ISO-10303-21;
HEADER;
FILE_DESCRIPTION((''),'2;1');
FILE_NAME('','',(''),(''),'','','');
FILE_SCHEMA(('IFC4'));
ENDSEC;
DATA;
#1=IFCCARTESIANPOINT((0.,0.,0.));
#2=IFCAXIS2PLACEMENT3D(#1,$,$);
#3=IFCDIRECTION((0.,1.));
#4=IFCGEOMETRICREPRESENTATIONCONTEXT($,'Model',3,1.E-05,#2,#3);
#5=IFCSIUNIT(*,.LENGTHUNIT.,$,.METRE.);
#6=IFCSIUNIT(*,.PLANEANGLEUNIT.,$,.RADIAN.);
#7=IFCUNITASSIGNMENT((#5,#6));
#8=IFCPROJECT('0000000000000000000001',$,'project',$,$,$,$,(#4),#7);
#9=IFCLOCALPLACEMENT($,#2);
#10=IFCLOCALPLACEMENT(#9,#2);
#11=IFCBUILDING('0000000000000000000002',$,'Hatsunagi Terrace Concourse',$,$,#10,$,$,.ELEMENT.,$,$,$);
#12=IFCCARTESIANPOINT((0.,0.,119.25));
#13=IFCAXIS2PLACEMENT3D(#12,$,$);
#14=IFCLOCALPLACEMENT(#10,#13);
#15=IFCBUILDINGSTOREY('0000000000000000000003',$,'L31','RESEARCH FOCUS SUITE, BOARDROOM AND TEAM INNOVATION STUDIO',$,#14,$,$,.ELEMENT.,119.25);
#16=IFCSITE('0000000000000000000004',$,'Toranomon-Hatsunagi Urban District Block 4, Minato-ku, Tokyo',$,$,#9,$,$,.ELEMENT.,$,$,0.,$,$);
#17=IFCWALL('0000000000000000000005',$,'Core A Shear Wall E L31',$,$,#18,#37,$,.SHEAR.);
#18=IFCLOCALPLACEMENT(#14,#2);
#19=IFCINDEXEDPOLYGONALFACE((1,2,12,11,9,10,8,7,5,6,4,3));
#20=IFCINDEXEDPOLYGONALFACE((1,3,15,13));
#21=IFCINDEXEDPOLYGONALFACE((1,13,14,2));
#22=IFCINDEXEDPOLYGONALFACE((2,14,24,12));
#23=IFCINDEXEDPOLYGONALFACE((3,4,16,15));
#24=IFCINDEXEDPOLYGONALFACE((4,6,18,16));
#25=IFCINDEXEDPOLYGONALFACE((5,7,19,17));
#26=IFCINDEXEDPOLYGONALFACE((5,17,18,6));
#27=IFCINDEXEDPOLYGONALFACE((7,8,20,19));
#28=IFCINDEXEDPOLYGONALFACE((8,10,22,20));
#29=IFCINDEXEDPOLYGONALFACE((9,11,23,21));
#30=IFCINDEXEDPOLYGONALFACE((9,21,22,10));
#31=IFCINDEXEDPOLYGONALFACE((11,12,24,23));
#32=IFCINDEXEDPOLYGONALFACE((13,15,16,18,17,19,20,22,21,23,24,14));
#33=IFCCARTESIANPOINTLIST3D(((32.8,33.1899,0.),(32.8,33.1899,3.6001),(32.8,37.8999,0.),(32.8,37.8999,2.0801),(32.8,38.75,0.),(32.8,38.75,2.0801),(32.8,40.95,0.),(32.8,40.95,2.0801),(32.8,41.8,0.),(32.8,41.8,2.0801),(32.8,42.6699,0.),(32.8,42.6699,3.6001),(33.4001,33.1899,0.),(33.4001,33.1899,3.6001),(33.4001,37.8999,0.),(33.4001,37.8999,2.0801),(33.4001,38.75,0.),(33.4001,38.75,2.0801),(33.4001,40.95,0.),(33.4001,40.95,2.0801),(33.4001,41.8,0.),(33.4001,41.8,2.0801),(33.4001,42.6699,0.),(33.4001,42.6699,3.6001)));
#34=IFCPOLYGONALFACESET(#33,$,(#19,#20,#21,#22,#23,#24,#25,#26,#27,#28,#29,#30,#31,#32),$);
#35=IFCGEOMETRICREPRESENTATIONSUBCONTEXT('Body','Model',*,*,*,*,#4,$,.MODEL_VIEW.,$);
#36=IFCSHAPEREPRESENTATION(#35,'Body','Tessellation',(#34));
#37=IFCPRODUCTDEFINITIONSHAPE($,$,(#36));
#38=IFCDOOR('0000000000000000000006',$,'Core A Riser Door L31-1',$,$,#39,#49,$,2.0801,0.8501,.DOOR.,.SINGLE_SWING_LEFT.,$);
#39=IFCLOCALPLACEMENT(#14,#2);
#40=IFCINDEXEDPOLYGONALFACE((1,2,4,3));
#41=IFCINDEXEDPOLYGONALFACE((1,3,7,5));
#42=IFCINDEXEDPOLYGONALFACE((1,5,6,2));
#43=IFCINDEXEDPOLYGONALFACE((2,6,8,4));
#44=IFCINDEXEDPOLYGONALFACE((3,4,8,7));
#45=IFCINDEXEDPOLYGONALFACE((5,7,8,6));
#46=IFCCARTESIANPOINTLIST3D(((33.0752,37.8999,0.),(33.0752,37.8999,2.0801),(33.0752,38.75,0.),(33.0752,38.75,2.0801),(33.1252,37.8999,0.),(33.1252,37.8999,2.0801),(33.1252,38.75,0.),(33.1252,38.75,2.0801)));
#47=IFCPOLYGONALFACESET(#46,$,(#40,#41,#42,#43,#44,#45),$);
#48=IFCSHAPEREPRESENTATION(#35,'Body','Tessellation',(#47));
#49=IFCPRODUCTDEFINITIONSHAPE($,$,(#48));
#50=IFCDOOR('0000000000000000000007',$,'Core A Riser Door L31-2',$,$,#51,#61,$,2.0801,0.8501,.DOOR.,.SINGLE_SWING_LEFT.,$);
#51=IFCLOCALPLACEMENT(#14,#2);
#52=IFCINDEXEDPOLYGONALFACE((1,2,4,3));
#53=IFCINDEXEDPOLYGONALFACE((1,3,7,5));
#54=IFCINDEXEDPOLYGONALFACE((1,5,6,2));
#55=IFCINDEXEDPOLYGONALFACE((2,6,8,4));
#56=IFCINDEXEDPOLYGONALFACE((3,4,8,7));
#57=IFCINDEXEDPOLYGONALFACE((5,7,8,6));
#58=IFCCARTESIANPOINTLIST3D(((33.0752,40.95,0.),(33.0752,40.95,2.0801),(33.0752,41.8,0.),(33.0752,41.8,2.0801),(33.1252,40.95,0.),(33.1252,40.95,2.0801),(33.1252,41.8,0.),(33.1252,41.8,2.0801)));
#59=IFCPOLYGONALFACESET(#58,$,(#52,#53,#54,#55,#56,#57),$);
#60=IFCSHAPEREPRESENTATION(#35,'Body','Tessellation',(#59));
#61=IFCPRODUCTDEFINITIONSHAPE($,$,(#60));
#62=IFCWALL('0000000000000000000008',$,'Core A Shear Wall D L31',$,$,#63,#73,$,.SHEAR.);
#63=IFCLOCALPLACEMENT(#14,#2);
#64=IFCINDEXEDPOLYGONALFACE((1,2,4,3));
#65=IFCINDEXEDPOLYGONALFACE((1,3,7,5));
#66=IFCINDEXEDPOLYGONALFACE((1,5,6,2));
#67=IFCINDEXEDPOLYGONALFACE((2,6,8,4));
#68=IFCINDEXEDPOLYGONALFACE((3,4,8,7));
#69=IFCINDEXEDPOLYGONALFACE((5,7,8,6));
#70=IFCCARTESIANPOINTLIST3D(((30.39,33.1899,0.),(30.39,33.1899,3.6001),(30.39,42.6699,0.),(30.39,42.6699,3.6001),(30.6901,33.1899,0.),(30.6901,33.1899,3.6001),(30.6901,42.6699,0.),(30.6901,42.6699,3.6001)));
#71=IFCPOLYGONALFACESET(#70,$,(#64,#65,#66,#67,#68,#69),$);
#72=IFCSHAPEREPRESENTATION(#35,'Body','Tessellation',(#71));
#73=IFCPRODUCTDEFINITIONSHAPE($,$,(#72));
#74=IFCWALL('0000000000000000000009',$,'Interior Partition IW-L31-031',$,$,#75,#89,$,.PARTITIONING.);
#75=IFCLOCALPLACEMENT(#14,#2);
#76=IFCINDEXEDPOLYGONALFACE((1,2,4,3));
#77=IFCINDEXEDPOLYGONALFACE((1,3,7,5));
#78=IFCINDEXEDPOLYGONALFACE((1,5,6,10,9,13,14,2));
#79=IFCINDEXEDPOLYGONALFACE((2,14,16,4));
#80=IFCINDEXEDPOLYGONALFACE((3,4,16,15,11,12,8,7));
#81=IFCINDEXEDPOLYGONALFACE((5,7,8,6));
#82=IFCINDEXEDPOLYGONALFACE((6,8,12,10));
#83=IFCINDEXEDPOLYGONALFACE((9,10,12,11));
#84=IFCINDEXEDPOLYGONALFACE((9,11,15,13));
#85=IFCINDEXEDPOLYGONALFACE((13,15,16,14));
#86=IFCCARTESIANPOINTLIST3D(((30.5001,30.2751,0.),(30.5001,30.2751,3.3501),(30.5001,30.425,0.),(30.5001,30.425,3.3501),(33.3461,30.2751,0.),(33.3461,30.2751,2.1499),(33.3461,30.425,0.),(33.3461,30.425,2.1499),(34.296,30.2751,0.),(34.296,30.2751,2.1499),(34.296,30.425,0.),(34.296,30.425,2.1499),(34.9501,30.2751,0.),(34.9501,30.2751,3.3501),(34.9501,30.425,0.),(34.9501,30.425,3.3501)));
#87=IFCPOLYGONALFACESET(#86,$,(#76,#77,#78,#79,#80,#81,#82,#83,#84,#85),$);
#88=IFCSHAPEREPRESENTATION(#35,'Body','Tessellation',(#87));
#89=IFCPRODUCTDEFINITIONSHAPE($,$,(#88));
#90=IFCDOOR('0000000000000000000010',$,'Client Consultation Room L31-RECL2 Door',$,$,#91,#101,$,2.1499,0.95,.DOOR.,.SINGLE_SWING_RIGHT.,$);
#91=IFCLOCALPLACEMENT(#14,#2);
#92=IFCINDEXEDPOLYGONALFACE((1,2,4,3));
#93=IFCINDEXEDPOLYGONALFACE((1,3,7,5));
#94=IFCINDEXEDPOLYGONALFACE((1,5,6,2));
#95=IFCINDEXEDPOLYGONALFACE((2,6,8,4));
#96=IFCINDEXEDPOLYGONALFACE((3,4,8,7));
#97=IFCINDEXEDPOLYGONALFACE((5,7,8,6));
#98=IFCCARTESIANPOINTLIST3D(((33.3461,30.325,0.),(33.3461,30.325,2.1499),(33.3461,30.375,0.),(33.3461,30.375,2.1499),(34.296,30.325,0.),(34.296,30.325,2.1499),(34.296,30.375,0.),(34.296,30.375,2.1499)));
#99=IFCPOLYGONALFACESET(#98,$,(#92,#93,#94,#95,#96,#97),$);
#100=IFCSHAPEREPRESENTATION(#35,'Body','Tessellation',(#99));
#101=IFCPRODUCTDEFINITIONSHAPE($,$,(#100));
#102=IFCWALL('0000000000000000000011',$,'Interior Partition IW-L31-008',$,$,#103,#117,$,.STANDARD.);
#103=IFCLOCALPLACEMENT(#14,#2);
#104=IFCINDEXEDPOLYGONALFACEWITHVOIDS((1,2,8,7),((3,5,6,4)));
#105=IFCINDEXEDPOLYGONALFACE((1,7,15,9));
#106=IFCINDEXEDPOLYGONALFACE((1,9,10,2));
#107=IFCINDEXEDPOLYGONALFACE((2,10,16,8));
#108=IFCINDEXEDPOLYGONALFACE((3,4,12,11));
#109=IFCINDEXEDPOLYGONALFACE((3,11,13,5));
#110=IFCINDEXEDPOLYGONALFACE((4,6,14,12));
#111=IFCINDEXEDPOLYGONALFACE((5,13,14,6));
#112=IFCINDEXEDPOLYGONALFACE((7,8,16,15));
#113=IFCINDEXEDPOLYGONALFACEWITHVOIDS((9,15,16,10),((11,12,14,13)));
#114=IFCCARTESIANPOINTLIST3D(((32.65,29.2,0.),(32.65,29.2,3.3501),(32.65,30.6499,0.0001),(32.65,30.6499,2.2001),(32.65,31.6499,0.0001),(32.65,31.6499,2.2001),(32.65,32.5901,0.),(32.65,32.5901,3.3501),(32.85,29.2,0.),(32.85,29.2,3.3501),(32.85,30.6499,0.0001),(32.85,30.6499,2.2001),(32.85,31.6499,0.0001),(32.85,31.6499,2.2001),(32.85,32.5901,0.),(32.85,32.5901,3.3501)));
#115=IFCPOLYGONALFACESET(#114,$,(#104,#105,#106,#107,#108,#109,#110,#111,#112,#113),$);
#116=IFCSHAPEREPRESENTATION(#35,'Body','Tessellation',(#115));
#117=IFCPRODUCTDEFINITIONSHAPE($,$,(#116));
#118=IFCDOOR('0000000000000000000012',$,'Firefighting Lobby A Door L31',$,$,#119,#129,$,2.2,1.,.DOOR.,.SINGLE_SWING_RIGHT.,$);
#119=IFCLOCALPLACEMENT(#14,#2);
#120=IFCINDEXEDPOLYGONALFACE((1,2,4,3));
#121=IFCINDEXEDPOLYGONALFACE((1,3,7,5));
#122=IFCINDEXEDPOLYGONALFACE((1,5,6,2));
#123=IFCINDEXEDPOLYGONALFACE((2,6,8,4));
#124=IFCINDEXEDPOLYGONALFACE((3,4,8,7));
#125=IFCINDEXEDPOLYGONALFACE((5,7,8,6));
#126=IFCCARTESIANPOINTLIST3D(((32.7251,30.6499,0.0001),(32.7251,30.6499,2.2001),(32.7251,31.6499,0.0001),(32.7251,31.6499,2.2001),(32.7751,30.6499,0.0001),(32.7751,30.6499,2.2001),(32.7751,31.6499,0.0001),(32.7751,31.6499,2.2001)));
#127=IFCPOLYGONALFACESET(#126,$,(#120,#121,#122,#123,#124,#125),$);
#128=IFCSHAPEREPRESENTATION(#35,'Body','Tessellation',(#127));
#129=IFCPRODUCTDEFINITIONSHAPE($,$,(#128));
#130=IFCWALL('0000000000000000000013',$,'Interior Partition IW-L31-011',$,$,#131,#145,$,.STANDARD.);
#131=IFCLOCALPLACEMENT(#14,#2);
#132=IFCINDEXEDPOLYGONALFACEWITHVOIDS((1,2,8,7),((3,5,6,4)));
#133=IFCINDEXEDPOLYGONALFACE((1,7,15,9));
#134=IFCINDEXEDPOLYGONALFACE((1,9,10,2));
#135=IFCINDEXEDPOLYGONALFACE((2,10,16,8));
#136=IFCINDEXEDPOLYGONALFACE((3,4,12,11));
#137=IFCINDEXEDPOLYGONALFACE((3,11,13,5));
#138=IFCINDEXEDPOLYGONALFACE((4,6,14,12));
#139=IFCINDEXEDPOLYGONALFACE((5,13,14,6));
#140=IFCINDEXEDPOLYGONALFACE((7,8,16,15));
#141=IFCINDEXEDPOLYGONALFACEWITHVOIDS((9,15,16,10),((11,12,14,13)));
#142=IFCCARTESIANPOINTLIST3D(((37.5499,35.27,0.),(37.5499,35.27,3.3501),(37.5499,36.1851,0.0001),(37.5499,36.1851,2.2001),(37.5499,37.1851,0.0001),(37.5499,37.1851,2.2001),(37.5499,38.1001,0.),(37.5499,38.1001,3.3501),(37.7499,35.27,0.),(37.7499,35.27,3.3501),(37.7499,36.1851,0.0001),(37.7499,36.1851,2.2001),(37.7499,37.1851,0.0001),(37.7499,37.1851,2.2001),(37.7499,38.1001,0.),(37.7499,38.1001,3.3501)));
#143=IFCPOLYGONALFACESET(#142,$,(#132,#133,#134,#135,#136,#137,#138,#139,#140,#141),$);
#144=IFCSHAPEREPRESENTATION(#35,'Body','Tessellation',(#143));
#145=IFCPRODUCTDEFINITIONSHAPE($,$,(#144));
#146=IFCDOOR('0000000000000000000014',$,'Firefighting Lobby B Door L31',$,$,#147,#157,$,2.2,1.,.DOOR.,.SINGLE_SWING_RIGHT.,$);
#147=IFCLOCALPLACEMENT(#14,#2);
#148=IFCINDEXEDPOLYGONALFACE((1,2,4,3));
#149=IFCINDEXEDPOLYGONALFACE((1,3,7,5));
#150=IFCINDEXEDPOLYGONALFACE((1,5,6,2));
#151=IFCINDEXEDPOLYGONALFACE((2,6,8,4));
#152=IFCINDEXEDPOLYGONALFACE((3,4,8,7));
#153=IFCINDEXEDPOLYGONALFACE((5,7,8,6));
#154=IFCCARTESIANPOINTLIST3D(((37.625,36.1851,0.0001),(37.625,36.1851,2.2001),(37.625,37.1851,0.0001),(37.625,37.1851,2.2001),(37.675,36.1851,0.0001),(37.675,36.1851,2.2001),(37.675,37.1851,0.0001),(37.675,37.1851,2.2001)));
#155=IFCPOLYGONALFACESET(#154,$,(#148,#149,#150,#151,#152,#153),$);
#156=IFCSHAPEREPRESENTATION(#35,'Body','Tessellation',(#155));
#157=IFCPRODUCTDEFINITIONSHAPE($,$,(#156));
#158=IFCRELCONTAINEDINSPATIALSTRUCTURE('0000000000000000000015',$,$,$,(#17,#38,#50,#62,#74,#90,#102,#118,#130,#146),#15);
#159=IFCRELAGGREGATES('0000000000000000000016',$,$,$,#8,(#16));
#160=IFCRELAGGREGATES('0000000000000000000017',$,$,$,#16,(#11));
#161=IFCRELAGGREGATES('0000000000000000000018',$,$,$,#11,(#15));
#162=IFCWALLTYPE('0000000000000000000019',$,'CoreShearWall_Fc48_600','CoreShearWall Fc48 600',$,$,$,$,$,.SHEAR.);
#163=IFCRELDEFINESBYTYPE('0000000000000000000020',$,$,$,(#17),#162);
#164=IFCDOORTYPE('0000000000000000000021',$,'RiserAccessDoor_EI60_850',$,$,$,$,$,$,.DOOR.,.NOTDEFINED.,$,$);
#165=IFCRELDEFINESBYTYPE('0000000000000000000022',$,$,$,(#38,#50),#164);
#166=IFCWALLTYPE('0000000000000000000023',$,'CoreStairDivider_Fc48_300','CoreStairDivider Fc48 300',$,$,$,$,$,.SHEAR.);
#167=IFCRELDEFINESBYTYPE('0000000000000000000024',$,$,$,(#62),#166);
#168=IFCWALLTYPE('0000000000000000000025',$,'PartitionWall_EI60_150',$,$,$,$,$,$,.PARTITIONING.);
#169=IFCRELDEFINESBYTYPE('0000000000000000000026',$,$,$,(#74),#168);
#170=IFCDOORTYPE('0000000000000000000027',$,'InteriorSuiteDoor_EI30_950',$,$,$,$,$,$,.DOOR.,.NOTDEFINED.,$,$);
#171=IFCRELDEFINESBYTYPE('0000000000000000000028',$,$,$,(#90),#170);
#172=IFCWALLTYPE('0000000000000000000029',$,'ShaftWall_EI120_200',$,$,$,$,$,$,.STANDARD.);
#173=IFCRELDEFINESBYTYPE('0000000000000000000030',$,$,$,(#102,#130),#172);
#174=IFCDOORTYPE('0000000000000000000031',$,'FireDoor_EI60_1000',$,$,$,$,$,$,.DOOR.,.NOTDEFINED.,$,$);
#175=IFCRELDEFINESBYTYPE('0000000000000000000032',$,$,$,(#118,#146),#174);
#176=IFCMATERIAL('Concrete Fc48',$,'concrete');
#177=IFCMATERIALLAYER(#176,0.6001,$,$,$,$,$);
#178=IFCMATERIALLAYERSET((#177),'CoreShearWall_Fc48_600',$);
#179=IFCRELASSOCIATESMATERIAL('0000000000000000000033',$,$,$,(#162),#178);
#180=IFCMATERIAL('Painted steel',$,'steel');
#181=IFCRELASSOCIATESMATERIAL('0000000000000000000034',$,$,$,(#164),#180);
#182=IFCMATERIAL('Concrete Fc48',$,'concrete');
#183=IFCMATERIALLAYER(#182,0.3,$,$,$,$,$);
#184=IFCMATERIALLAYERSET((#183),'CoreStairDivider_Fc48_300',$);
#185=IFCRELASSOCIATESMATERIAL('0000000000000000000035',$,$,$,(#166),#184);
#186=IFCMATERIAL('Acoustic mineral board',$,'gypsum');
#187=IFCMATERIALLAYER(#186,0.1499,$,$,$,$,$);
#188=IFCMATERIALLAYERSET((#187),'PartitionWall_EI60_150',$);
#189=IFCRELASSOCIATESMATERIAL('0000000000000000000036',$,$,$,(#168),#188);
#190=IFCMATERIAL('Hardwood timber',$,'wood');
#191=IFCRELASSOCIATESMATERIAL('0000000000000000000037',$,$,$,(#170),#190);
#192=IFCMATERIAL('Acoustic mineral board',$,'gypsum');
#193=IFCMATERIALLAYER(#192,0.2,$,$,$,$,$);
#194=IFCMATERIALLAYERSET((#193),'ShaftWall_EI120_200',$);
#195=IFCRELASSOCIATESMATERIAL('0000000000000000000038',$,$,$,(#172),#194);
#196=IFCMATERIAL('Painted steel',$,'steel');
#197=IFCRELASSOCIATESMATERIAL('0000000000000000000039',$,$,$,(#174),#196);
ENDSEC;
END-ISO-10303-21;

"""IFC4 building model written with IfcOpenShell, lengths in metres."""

from ifc_helpers import new_model, si_unit, direction, frame, frame_2d, origin, place, context, subcontext, project, spatial, rectangle, extrude, material, layer, layer_set, type_object, element, fill, save


model = new_model("IFC4")

# Units and contexts
model_context = context("Model", 3, precision=1e-05, world=origin(), true_north=direction((0.0, 1.0)))
body_context = subcontext(model_context, "Body", "Model", "MODEL_VIEW")
ifc_project = project(units=[si_unit("LENGTHUNIT", "METRE"), si_unit("PLANEANGLEUNIT", "RADIAN")], contexts=[model_context])

# Site, building, storey
site_placement = place(None, origin())
site = spatial("IfcSite", under=ifc_project, at=site_placement, Name="Toranomon-Hatsunagi Urban District Block 4, Minato-ku, Tokyo", CompositionType="ELEMENT", RefElevation=0.0)
building_placement = place(site_placement, origin())
building = spatial("IfcBuilding", under=site, at=building_placement, Name="Hatsunagi Terrace Concourse", CompositionType="ELEMENT")
storey_placement = place(building_placement, frame((0.0, 0.0, 119.25)))
storey = spatial("IfcBuildingStorey", under=building, at=storey_placement, Name="L31", Description="RESEARCH FOCUS SUITE, BOARDROOM AND TEAM INNOVATION STUDIO", CompositionType="ELEMENT", Elevation=119.25)

# Wall, openings, doors
ifc_material_1 = material(Name="Concrete Fc48", Category="concrete")
ifc_layer_1 = layer(ifc_material_1, 0.6001)
ifc_layer_set_1 = layer_set([ifc_layer_1], Name="CoreShearWall_Fc48_600")
wall_type_1 = type_object("IfcWallType", Name="CoreShearWall_Fc48_600", Description="CoreShearWall Fc48 600", PredefinedType="SHEAR", material=ifc_layer_set_1)
wall_1_placement = place(storey_placement, frame((33.1001, 33.1899, 0.0), z_axis=(0.0, 0.0, 1.0), x_axis=(0.0, 1.0, 0.0)))
wall_1 = element("IfcWall", 1, at=wall_1_placement, inside=storey, type_object=wall_type_1, Name="Core A Shear Wall E L31", PredefinedType="SHEAR", context=body_context, shape_type="SweptSolid", body=[
    extrude(rectangle(XDim=9.48, YDim=0.6001, at=frame_2d((4.74, 0.0))), origin(), (0.0, 0.0, 1.0), 3.6001),
])
opening_1_placement = place(wall_1_placement, frame((4.71, 0.0, 0.0)))
opening_1 = element("IfcOpeningElement", 2, at=opening_1_placement, cuts=wall_1, PredefinedType="OPENING", context=body_context, shape_type="SweptSolid", body=[
    extrude(rectangle(XDim=0.8501, YDim=2.0801, at=frame_2d((0.425, 1.04))), frame((0.0, 0.3101, 0.0), z_axis=(0.0, -1.0, 0.0), x_axis=(1.0, 0.0, 0.0)), (0.0, 0.0, 1.0), 0.6201),
])
opening_2_placement = place(wall_1_placement, frame((7.76, 0.0, 0.0)))
opening_2 = element("IfcOpeningElement", 3, at=opening_2_placement, cuts=wall_1, PredefinedType="OPENING", context=body_context, shape_type="SweptSolid", body=[
    extrude(rectangle(XDim=0.8501, YDim=2.0801, at=frame_2d((0.425, 1.04))), frame((0.0, 0.3101, 0.0), z_axis=(0.0, -1.0, 0.0), x_axis=(1.0, 0.0, 0.0)), (0.0, 0.0, 1.0), 0.6201),
])
ifc_material_2 = material(Name="Painted steel", Category="steel")
door_type_1 = type_object("IfcDoorType", Name="RiserAccessDoor_EI60_850", OperationType="NOTDEFINED", PredefinedType="DOOR", material=ifc_material_2)
door_1_placement = place(opening_1_placement, origin())
door_1 = element("IfcDoor", 4, at=door_1_placement, inside=storey, type_object=door_type_1, Name="Core A Riser Door L31-1", OperationType="SINGLE_SWING_LEFT", OverallHeight=2.0801, OverallWidth=0.8501, PredefinedType="DOOR", context=body_context, shape_type="SweptSolid", body=[
    extrude(rectangle(XDim=0.8501, YDim=2.0801, at=frame_2d((0.425, 1.04))), frame((0.0, 0.0249, 0.0), z_axis=(0.0, -1.0, 0.0), x_axis=(1.0, 0.0, 0.0)), (0.0, 0.0, 1.0), 0.05),
])
fill(opening_1, door_1)
door_2_placement = place(opening_2_placement, origin())
door_2 = element("IfcDoor", 5, at=door_2_placement, inside=storey, type_object=door_type_1, Name="Core A Riser Door L31-2", OperationType="SINGLE_SWING_LEFT", OverallHeight=2.0801, OverallWidth=0.8501, PredefinedType="DOOR", context=body_context, shape_type="SweptSolid", body=[
    extrude(rectangle(XDim=0.8501, YDim=2.0801, at=frame_2d((0.425, 1.04))), frame((0.0, 0.0249, 0.0), z_axis=(0.0, -1.0, 0.0), x_axis=(1.0, 0.0, 0.0)), (0.0, 0.0, 1.0), 0.05),
])
fill(opening_2, door_2)

# Wall
ifc_material_3 = material(Name="Concrete Fc48", Category="concrete")
ifc_layer_2 = layer(ifc_material_3, 0.3)
ifc_layer_set_2 = layer_set([ifc_layer_2], Name="CoreStairDivider_Fc48_300")
wall_type_2 = type_object("IfcWallType", Name="CoreStairDivider_Fc48_300", Description="CoreStairDivider Fc48 300", PredefinedType="SHEAR", material=ifc_layer_set_2)
wall_2_placement = place(storey_placement, frame((30.54, 33.1899, 0.0), z_axis=(0.0, 0.0, 1.0), x_axis=(0.0, 1.0, 0.0)))
element("IfcWall", 6, at=wall_2_placement, inside=storey, type_object=wall_type_2, Name="Core A Shear Wall D L31", PredefinedType="SHEAR", context=body_context, shape_type="SweptSolid", body=[
    extrude(rectangle(XDim=9.48, YDim=0.3, at=frame_2d((4.74, 0.0))), origin(), (0.0, 0.0, 1.0), 3.6001),
])

# Walls, openings, doors
ifc_material_4 = material(Name="Acoustic mineral board", Category="gypsum")
ifc_layer_3 = layer(ifc_material_4, 0.1499)
ifc_layer_set_3 = layer_set([ifc_layer_3], Name="PartitionWall_EI60_150")
wall_type_3 = type_object("IfcWallType", Name="PartitionWall_EI60_150", PredefinedType="PARTITIONING", material=ifc_layer_set_3)
wall_3_placement = place(storey_placement, frame((30.5, 30.3501, 0.0), z_axis=(0.0, 0.0, 1.0), x_axis=(1.0, 0.0, 0.0)))
wall_3 = element("IfcWall", 7, at=wall_3_placement, inside=storey, type_object=wall_type_3, Name="Interior Partition IW-L31-031", PredefinedType="PARTITIONING", context=body_context, shape_type="SweptSolid", body=[
    extrude(rectangle(XDim=4.45, YDim=0.1499, at=frame_2d((2.2251, 0.0))), origin(), (0.0, 0.0, 1.0), 3.3501),
])
opening_3_placement = place(wall_3_placement, frame((2.8459, 0.0, 0.0)))
opening_3 = element("IfcOpeningElement", 8, at=opening_3_placement, cuts=wall_3, PredefinedType="OPENING", context=body_context, shape_type="SweptSolid", body=[
    extrude(rectangle(XDim=0.95, YDim=2.1499, at=frame_2d((0.4751, 1.075))), frame((0.0, 0.085, 0.0), z_axis=(0.0, -1.0, 0.0), x_axis=(1.0, 0.0, 0.0)), (0.0, 0.0, 1.0), 0.1699),
])
ifc_material_5 = material(Name="Hardwood timber", Category="wood")
door_type_2 = type_object("IfcDoorType", Name="InteriorSuiteDoor_EI30_950", OperationType="NOTDEFINED", PredefinedType="DOOR", material=ifc_material_5)
door_3_placement = place(opening_3_placement, origin())
door_3 = element("IfcDoor", 9, at=door_3_placement, inside=storey, type_object=door_type_2, Name="Client Consultation Room L31-RECL2 Door", OperationType="SINGLE_SWING_RIGHT", OverallHeight=2.1499, OverallWidth=0.95, PredefinedType="DOOR", context=body_context, shape_type="SweptSolid", body=[
    extrude(rectangle(XDim=0.95, YDim=2.1499, at=frame_2d((0.4751, 1.075))), frame((0.0, 0.0249, 0.0), z_axis=(0.0, -1.0, 0.0), x_axis=(1.0, 0.0, 0.0)), (0.0, 0.0, 1.0), 0.05),
])
fill(opening_3, door_3)
ifc_material_6 = material(Name="Acoustic mineral board", Category="gypsum")
ifc_layer_4 = layer(ifc_material_6, 0.2)
ifc_layer_set_4 = layer_set([ifc_layer_4], Name="ShaftWall_EI120_200")
wall_type_4 = type_object("IfcWallType", Name="ShaftWall_EI120_200", PredefinedType="STANDARD", material=ifc_layer_set_4)
wall_4_placement = place(storey_placement, frame((32.75, 29.2, 0.0), z_axis=(0.0, 0.0, 1.0), x_axis=(0.0, 1.0, 0.0)))
wall_4 = element("IfcWall", 10, at=wall_4_placement, inside=storey, type_object=wall_type_4, Name="Interior Partition IW-L31-008", PredefinedType="STANDARD", context=body_context, shape_type="SweptSolid", body=[
    extrude(rectangle(XDim=3.3901, YDim=0.2, at=frame_2d((1.6951, 0.0))), origin(), (0.0, 0.0, 1.0), 3.3501),
])
opening_4_placement = place(wall_4_placement, frame((1.45, 0.0, 0.0)))
opening_4 = element("IfcOpeningElement", 11, at=opening_4_placement, cuts=wall_4, PredefinedType="OPENING", context=body_context, shape_type="SweptSolid", body=[
    extrude(rectangle(XDim=1.0, YDim=2.2, at=frame_2d((0.5, 1.1001))), frame((0.0, 0.1099, 0.0), z_axis=(0.0, -1.0, 0.0), x_axis=(1.0, 0.0, 0.0)), (0.0, 0.0, 1.0), 0.22),
])
ifc_material_7 = material(Name="Painted steel", Category="steel")
door_type_3 = type_object("IfcDoorType", Name="FireDoor_EI60_1000", OperationType="NOTDEFINED", PredefinedType="DOOR", material=ifc_material_7)
door_4_placement = place(opening_4_placement, origin())
door_4 = element("IfcDoor", 12, at=door_4_placement, inside=storey, type_object=door_type_3, Name="Firefighting Lobby A Door L31", OperationType="SINGLE_SWING_RIGHT", OverallHeight=2.2, OverallWidth=1.0, PredefinedType="DOOR", context=body_context, shape_type="SweptSolid", body=[
    extrude(rectangle(XDim=1.0, YDim=2.2, at=frame_2d((0.5, 1.1001))), frame((0.0, 0.0249, 0.0), z_axis=(0.0, -1.0, 0.0), x_axis=(1.0, 0.0, 0.0)), (0.0, 0.0, 1.0), 0.05),
])
fill(opening_4, door_4)
wall_5_placement = place(storey_placement, frame((37.6499, 35.27, 0.0), z_axis=(0.0, 0.0, 1.0), x_axis=(0.0, 1.0, 0.0)))
wall_5 = element("IfcWall", 13, at=wall_5_placement, inside=storey, type_object=wall_type_4, Name="Interior Partition IW-L31-011", PredefinedType="STANDARD", context=body_context, shape_type="SweptSolid", body=[
    extrude(rectangle(XDim=2.8301, YDim=0.2, at=frame_2d((1.415, 0.0))), origin(), (0.0, 0.0, 1.0), 3.3501),
])
opening_5_placement = place(wall_5_placement, frame((0.915, 0.0, 0.0)))
opening_5 = element("IfcOpeningElement", 14, at=opening_5_placement, cuts=wall_5, PredefinedType="OPENING", context=body_context, shape_type="SweptSolid", body=[
    extrude(rectangle(XDim=1.0, YDim=2.2, at=frame_2d((0.5, 1.1001))), frame((0.0, 0.1099, 0.0), z_axis=(0.0, -1.0, 0.0), x_axis=(1.0, 0.0, 0.0)), (0.0, 0.0, 1.0), 0.22),
])
door_5_placement = place(opening_5_placement, origin())
door_5 = element("IfcDoor", 15, at=door_5_placement, inside=storey, type_object=door_type_3, Name="Firefighting Lobby B Door L31", OperationType="SINGLE_SWING_RIGHT", OverallHeight=2.2, OverallWidth=1.0, PredefinedType="DOOR", context=body_context, shape_type="SweptSolid", body=[
    extrude(rectangle(XDim=1.0, YDim=2.2, at=frame_2d((0.5, 1.1001))), frame((0.0, 0.0249, 0.0), z_axis=(0.0, -1.0, 0.0), x_axis=(1.0, 0.0, 0.0)), (0.0, 0.0, 1.0), 0.05),
])
fill(opening_5, door_5)

save(model, "model.ifc")
